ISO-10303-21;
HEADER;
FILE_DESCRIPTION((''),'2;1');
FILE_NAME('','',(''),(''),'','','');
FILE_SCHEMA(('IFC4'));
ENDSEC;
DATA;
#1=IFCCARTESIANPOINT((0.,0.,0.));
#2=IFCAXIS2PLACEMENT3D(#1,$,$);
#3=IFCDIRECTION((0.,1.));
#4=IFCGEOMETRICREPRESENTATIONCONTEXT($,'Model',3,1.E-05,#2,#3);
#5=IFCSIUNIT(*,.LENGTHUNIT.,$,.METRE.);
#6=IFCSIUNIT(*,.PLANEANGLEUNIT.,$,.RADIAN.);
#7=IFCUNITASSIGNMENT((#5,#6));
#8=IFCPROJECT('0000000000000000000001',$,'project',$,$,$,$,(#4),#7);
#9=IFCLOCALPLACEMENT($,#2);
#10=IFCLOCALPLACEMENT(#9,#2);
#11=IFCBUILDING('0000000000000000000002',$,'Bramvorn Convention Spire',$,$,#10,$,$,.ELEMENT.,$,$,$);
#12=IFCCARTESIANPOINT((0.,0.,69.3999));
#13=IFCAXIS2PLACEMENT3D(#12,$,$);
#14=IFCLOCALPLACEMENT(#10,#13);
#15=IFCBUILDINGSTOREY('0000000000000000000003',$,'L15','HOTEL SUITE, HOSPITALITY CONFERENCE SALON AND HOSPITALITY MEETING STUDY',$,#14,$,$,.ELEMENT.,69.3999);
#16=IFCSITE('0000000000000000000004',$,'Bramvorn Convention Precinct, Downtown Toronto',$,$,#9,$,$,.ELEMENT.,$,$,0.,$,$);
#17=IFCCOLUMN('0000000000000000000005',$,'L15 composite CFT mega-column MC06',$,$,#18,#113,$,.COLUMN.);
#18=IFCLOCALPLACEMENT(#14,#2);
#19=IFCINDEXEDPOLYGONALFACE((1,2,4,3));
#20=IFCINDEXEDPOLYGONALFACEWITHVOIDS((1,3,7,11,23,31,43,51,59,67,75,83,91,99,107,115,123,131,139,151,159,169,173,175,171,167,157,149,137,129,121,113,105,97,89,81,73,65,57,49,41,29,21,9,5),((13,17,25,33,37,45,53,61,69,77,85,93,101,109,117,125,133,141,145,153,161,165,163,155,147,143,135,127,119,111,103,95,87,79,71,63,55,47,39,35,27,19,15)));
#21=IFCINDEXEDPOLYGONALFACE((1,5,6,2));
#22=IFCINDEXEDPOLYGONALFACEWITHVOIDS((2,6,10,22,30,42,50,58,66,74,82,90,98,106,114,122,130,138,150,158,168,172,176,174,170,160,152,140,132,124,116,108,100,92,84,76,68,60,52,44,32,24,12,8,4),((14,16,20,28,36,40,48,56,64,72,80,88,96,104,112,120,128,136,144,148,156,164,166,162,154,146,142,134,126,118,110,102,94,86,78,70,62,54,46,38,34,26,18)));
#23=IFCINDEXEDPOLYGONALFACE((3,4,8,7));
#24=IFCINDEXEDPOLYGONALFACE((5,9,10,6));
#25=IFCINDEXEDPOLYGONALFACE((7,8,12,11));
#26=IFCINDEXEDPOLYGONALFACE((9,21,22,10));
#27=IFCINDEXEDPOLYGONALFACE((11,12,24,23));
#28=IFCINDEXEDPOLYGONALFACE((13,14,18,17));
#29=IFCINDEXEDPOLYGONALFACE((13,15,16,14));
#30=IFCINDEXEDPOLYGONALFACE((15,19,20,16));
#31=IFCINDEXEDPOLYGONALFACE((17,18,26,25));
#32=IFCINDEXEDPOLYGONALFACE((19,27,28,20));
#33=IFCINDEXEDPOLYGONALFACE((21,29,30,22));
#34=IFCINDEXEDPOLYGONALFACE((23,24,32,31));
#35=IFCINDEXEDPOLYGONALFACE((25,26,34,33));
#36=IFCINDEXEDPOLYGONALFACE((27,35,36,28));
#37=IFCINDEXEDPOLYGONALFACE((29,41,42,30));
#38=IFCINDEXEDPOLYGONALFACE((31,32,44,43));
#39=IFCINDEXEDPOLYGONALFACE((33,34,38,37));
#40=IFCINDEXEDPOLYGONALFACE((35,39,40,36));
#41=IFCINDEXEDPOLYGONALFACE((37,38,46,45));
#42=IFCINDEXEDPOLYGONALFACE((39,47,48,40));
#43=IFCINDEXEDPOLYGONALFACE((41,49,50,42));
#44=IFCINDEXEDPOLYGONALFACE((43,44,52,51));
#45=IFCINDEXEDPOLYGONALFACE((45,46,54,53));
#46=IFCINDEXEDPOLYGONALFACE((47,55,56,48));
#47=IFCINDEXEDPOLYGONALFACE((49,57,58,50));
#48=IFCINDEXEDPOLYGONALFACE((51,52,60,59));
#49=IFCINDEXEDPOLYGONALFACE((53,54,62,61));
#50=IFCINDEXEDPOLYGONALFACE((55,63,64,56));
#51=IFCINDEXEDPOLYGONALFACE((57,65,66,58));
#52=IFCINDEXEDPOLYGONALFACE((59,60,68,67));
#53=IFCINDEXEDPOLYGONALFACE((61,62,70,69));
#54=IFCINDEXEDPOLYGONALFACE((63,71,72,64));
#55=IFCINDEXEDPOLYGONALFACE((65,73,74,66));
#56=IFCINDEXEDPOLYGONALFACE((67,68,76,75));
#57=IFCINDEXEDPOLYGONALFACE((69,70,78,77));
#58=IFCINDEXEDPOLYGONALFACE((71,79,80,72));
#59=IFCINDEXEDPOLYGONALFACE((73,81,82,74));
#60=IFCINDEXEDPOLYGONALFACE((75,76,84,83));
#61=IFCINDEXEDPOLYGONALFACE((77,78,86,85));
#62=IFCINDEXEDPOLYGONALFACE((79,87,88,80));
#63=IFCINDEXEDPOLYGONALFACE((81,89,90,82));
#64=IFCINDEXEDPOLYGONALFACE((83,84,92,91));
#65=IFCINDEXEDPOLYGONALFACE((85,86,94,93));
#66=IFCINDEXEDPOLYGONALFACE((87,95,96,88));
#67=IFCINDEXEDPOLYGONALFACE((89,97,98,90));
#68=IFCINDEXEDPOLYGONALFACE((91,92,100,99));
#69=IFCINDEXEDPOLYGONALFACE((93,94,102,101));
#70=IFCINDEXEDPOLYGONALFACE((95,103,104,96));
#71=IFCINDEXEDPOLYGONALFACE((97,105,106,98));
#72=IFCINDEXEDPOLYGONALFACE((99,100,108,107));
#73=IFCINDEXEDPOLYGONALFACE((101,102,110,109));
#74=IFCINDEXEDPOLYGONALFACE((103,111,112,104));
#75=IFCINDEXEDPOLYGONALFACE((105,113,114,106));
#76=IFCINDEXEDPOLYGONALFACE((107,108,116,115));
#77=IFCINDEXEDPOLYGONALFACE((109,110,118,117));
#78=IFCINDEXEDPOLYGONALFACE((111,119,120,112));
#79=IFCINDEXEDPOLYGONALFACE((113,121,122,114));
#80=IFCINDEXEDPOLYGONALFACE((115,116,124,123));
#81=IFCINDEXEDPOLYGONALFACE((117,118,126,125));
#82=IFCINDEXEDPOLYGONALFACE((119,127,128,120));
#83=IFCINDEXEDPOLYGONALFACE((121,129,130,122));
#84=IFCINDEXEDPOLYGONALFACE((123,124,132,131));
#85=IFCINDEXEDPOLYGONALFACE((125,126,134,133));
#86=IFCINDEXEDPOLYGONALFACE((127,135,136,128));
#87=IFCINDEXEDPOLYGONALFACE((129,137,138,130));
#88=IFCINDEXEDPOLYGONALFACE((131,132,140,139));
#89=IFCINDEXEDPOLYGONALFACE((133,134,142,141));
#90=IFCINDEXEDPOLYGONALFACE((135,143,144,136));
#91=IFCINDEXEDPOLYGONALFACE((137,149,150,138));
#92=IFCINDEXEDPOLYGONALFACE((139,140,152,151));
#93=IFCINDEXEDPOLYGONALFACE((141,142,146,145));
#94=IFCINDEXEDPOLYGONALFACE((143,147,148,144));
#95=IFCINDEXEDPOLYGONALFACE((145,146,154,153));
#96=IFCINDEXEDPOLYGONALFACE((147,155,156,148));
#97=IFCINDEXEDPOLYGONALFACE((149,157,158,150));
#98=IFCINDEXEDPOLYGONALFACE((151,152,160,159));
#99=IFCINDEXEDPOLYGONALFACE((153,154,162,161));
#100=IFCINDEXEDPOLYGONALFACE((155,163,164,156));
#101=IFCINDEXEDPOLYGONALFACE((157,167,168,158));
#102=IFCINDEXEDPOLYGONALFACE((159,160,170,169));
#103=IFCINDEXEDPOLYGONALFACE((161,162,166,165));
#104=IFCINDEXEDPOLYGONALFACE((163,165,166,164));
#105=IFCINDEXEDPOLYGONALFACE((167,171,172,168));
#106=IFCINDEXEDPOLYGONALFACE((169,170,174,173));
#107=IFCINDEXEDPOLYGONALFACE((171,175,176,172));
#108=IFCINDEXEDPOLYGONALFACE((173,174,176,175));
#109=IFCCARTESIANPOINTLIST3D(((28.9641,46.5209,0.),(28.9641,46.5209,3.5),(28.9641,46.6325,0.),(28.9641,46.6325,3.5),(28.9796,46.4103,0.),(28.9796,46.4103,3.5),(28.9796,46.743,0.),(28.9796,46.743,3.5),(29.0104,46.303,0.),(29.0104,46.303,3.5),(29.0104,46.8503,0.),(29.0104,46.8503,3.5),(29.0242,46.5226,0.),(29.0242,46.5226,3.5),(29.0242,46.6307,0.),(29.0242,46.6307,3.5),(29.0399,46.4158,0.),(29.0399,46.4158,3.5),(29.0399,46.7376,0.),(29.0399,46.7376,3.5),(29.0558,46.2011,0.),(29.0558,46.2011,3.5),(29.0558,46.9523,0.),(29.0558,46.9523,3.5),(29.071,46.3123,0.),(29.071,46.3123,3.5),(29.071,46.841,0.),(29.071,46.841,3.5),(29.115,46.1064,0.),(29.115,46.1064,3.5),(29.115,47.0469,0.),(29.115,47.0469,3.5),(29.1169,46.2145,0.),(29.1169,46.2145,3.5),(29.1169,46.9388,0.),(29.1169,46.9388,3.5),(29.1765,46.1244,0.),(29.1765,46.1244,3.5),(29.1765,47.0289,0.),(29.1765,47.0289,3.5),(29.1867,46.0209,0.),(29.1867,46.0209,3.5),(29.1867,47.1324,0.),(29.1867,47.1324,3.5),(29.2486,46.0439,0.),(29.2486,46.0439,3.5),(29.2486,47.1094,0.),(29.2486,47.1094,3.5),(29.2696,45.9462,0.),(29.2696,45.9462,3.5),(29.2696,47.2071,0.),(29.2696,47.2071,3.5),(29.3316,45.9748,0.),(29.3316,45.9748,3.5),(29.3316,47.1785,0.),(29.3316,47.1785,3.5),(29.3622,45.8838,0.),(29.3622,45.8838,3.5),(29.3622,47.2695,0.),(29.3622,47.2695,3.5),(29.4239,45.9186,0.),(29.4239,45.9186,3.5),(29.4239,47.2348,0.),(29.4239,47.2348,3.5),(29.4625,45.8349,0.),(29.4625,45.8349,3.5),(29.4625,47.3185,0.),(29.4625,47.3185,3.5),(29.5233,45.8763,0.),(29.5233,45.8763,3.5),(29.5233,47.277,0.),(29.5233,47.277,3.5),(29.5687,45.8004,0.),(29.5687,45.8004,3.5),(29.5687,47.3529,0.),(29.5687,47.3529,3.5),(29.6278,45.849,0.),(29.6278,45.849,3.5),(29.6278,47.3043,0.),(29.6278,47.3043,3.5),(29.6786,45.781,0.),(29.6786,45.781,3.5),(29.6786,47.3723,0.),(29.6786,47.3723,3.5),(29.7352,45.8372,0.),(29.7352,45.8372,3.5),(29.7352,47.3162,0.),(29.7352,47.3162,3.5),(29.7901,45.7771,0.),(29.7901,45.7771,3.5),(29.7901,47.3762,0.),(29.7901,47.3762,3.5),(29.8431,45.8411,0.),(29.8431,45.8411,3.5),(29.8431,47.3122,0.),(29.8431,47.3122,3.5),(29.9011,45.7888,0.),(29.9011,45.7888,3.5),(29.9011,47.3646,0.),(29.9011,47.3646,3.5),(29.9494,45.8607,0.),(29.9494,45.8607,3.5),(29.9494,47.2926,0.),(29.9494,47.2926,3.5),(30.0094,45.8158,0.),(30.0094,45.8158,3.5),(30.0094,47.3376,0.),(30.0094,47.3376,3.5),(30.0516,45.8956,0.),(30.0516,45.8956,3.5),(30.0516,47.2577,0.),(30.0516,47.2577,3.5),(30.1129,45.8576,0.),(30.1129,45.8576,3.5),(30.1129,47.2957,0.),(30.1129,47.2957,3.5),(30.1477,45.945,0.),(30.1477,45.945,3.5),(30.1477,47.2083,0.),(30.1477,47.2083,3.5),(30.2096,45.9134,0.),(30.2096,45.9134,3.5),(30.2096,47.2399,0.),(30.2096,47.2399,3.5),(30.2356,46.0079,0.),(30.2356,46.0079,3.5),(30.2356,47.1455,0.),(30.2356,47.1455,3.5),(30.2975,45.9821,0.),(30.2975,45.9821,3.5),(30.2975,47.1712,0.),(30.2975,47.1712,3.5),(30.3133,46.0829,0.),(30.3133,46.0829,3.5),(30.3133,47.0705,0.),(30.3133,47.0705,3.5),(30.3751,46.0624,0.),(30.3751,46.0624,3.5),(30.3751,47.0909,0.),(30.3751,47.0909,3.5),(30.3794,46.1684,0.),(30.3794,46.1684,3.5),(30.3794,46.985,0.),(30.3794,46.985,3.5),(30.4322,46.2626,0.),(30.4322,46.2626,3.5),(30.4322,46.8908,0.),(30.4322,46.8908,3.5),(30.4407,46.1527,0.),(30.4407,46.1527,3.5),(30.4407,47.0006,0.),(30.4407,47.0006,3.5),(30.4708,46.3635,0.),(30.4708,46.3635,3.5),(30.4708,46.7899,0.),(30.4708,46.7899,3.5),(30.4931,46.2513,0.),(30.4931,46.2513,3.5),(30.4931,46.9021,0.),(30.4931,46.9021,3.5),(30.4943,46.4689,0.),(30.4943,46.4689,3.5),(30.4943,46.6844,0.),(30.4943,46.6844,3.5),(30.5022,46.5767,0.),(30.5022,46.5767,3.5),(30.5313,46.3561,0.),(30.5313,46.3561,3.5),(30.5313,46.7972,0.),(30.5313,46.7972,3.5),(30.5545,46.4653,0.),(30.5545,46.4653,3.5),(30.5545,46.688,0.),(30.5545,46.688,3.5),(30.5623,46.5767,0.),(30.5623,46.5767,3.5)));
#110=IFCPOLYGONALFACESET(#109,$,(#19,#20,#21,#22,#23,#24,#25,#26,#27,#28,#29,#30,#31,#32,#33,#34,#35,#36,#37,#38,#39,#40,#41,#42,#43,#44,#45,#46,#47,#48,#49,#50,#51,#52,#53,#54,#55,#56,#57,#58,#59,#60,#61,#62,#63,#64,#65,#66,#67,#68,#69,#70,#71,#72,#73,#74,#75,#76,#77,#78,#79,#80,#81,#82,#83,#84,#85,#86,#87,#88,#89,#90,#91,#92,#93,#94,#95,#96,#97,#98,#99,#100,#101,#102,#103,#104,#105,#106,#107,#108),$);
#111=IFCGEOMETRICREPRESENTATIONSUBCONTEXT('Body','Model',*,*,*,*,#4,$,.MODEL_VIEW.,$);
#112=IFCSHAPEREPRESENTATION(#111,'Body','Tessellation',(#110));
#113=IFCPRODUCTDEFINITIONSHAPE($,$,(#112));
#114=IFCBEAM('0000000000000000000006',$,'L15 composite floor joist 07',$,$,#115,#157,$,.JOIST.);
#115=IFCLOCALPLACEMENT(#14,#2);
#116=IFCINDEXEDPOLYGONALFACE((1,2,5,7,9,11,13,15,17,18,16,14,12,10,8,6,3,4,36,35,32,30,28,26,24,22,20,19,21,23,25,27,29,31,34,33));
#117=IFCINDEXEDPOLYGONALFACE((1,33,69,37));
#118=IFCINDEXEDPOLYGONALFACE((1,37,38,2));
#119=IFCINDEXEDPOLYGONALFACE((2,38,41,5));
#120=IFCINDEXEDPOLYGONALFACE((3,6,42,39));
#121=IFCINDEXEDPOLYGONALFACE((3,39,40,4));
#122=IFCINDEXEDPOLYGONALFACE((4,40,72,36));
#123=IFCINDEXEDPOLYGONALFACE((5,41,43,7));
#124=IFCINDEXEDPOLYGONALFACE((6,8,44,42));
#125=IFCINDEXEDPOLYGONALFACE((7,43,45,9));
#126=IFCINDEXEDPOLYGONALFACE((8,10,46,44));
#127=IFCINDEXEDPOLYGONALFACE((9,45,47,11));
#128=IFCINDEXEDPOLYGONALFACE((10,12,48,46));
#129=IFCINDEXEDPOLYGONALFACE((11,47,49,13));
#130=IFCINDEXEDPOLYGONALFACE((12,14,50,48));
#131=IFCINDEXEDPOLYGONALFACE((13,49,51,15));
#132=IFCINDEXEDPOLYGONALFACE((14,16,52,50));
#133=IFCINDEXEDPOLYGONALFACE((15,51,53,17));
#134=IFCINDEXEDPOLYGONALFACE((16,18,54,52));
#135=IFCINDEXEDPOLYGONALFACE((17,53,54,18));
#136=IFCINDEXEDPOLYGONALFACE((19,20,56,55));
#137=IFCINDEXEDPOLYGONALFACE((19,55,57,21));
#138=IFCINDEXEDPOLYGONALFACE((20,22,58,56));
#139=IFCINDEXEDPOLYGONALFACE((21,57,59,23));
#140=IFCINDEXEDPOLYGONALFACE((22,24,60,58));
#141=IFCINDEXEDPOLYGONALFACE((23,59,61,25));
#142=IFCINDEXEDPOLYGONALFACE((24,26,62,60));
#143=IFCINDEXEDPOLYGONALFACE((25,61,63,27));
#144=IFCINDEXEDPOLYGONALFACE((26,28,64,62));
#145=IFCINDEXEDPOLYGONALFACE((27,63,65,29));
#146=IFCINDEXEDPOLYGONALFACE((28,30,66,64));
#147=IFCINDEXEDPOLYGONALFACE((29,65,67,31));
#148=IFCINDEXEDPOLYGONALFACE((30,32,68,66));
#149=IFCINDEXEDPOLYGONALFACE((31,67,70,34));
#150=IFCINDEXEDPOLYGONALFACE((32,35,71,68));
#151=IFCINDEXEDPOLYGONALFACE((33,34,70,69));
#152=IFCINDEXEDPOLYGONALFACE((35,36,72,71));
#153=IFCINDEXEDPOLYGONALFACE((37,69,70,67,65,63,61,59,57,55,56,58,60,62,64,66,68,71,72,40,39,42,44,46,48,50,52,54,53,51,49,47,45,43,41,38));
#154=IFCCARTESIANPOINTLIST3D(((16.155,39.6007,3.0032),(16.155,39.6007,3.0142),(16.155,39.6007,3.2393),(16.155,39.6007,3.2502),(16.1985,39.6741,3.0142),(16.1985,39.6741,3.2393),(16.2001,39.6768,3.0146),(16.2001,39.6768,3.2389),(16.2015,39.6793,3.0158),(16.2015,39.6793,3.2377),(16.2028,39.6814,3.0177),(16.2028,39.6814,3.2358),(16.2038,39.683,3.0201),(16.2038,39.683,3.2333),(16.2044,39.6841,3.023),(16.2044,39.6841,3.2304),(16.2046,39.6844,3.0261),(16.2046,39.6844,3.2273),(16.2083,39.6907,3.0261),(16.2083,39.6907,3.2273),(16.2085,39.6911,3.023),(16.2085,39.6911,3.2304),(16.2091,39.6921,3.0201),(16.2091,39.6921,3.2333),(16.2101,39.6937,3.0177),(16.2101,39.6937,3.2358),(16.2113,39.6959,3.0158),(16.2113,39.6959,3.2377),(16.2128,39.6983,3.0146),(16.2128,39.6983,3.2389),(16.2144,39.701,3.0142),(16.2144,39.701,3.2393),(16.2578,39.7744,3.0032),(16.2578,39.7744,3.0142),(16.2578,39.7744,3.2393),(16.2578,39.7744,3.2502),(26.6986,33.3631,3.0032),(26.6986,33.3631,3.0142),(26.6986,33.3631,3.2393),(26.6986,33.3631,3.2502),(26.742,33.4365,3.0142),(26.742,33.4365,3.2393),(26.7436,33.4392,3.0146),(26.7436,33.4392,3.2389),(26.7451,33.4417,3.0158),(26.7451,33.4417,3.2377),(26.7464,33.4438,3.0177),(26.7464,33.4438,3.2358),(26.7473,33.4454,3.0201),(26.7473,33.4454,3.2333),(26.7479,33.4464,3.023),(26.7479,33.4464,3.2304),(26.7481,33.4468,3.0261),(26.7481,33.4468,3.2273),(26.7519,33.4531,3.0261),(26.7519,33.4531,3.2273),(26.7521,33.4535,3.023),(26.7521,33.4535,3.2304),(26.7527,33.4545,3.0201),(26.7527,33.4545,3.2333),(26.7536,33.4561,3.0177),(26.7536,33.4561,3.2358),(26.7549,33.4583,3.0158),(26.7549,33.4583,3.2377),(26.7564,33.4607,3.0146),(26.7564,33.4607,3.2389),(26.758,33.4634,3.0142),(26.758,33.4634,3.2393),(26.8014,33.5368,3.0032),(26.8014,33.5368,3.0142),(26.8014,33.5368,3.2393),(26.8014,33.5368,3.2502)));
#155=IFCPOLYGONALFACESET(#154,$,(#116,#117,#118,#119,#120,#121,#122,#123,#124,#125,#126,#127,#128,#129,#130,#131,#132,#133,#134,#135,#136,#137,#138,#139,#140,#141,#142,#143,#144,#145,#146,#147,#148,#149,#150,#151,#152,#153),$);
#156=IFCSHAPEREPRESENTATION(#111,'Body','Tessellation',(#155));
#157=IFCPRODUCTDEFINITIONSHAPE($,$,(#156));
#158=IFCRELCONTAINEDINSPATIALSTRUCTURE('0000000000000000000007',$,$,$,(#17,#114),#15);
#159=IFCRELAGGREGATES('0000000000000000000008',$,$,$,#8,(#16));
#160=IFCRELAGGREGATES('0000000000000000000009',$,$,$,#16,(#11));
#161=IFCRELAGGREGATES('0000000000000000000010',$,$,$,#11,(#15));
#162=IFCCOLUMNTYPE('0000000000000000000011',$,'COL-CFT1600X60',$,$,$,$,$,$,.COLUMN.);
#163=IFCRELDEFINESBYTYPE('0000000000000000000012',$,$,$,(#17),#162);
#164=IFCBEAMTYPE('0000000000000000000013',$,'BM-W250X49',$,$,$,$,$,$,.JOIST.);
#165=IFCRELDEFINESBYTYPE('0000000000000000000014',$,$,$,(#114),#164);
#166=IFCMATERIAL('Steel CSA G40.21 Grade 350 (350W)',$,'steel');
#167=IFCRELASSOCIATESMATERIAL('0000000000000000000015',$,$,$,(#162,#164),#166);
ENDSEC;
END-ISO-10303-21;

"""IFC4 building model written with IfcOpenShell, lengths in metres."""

from ifc_helpers import new_model, si_unit, direction, frame, origin, origin_2d, place, context, subcontext, project, spatial, hollow_circle, i_section, extrude, material, material_profile, profile_set, type_object, element, save


model = new_model("IFC4")

# Units and contexts
model_context = context("Model", 3, precision=1e-05, world=origin(), true_north=direction((0.0, 1.0)))
body_context = subcontext(model_context, "Body", "Model", "MODEL_VIEW")
ifc_project = project(units=[si_unit("LENGTHUNIT", "METRE"), si_unit("PLANEANGLEUNIT", "RADIAN")], contexts=[model_context])

# Site, building, storey
site_placement = place(None, origin())
site = spatial("IfcSite", under=ifc_project, at=site_placement, Name="Bramvorn Convention Precinct, Downtown Toronto", CompositionType="ELEMENT", RefElevation=0.0)
building_placement = place(site_placement, origin())
building = spatial("IfcBuilding", under=site, at=building_placement, Name="Bramvorn Convention Spire", CompositionType="ELEMENT")
storey_placement = place(building_placement, frame((0.0, 0.0, 69.3999)))
storey = spatial("IfcBuildingStorey", under=building, at=storey_placement, Name="L15", Description="HOTEL SUITE, HOSPITALITY CONFERENCE SALON AND HOSPITALITY MEETING STUDY", CompositionType="ELEMENT", Elevation=69.3999)

# Column
ifc_material_1 = material(Name="Steel CSA G40.21 Grade 350 (350W)", Category="steel")
ifc_material_profile_1 = material_profile(ifc_material_1, hollow_circle(Radius=0.8, WallThickness=0.0601, at=origin_2d()))
ifc_profile_set_1 = profile_set([ifc_material_profile_1], Name="Steel CSA G40.21 Grade 350 (350W) - CFT1600X60")
column_type = type_object("IfcColumnType", Name="COL-CFT1600X60", PredefinedType="COLUMN", material=ifc_profile_set_1)
column_placement = place(storey_placement, frame((29.7622, 46.5767, 0.0), z_axis=(0.0, 0.0, 1.0), x_axis=(1.0, 0.0, 0.0)))
element("IfcColumn", 1, at=column_placement, inside=storey, type_object=column_type, Name="L15 composite CFT mega-column MC06", PredefinedType="COLUMN", context=body_context, shape_type="SweptSolid", body=[
    extrude(hollow_circle(Radius=0.8, WallThickness=0.0601, at=origin_2d()), origin(), (0.0, 0.0, 1.0), 3.5),
])

# Beam
ifc_material_profile_2 = material_profile(ifc_material_1, i_section(OverallWidth=0.2019, OverallDepth=0.2471, WebThickness=0.0073, FlangeThickness=0.011, FilletRadius=0.012, at=origin_2d()))
ifc_profile_set_2 = profile_set([ifc_material_profile_2], Name="Steel CSA G40.21 Grade 350 (350W) - W250X49")
beam_type_1 = type_object("IfcBeamType", Name="BM-W250X49", PredefinedType="JOIST", material=ifc_profile_set_2)
beam_1_placement = place(storey_placement, frame((26.75, 33.45, 3.1267), z_axis=(-0.860665, 0.509172, 0.0), x_axis=(-0.509172, -0.860665, 0.0)))
element("IfcBeam", 2, at=beam_1_placement, inside=storey, type_object=beam_type_1, Name="L15 composite floor joist 07", PredefinedType="JOIST", context=body_context, shape_type="SweptSolid", body=[
    extrude(i_section(OverallWidth=0.2019, OverallDepth=0.2471, WebThickness=0.0073, FlangeThickness=0.011, FilletRadius=0.012, at=origin_2d()), origin(), (0.0, 0.0, 1.0), 12.2505),
])

save(model, "model.ifc")
